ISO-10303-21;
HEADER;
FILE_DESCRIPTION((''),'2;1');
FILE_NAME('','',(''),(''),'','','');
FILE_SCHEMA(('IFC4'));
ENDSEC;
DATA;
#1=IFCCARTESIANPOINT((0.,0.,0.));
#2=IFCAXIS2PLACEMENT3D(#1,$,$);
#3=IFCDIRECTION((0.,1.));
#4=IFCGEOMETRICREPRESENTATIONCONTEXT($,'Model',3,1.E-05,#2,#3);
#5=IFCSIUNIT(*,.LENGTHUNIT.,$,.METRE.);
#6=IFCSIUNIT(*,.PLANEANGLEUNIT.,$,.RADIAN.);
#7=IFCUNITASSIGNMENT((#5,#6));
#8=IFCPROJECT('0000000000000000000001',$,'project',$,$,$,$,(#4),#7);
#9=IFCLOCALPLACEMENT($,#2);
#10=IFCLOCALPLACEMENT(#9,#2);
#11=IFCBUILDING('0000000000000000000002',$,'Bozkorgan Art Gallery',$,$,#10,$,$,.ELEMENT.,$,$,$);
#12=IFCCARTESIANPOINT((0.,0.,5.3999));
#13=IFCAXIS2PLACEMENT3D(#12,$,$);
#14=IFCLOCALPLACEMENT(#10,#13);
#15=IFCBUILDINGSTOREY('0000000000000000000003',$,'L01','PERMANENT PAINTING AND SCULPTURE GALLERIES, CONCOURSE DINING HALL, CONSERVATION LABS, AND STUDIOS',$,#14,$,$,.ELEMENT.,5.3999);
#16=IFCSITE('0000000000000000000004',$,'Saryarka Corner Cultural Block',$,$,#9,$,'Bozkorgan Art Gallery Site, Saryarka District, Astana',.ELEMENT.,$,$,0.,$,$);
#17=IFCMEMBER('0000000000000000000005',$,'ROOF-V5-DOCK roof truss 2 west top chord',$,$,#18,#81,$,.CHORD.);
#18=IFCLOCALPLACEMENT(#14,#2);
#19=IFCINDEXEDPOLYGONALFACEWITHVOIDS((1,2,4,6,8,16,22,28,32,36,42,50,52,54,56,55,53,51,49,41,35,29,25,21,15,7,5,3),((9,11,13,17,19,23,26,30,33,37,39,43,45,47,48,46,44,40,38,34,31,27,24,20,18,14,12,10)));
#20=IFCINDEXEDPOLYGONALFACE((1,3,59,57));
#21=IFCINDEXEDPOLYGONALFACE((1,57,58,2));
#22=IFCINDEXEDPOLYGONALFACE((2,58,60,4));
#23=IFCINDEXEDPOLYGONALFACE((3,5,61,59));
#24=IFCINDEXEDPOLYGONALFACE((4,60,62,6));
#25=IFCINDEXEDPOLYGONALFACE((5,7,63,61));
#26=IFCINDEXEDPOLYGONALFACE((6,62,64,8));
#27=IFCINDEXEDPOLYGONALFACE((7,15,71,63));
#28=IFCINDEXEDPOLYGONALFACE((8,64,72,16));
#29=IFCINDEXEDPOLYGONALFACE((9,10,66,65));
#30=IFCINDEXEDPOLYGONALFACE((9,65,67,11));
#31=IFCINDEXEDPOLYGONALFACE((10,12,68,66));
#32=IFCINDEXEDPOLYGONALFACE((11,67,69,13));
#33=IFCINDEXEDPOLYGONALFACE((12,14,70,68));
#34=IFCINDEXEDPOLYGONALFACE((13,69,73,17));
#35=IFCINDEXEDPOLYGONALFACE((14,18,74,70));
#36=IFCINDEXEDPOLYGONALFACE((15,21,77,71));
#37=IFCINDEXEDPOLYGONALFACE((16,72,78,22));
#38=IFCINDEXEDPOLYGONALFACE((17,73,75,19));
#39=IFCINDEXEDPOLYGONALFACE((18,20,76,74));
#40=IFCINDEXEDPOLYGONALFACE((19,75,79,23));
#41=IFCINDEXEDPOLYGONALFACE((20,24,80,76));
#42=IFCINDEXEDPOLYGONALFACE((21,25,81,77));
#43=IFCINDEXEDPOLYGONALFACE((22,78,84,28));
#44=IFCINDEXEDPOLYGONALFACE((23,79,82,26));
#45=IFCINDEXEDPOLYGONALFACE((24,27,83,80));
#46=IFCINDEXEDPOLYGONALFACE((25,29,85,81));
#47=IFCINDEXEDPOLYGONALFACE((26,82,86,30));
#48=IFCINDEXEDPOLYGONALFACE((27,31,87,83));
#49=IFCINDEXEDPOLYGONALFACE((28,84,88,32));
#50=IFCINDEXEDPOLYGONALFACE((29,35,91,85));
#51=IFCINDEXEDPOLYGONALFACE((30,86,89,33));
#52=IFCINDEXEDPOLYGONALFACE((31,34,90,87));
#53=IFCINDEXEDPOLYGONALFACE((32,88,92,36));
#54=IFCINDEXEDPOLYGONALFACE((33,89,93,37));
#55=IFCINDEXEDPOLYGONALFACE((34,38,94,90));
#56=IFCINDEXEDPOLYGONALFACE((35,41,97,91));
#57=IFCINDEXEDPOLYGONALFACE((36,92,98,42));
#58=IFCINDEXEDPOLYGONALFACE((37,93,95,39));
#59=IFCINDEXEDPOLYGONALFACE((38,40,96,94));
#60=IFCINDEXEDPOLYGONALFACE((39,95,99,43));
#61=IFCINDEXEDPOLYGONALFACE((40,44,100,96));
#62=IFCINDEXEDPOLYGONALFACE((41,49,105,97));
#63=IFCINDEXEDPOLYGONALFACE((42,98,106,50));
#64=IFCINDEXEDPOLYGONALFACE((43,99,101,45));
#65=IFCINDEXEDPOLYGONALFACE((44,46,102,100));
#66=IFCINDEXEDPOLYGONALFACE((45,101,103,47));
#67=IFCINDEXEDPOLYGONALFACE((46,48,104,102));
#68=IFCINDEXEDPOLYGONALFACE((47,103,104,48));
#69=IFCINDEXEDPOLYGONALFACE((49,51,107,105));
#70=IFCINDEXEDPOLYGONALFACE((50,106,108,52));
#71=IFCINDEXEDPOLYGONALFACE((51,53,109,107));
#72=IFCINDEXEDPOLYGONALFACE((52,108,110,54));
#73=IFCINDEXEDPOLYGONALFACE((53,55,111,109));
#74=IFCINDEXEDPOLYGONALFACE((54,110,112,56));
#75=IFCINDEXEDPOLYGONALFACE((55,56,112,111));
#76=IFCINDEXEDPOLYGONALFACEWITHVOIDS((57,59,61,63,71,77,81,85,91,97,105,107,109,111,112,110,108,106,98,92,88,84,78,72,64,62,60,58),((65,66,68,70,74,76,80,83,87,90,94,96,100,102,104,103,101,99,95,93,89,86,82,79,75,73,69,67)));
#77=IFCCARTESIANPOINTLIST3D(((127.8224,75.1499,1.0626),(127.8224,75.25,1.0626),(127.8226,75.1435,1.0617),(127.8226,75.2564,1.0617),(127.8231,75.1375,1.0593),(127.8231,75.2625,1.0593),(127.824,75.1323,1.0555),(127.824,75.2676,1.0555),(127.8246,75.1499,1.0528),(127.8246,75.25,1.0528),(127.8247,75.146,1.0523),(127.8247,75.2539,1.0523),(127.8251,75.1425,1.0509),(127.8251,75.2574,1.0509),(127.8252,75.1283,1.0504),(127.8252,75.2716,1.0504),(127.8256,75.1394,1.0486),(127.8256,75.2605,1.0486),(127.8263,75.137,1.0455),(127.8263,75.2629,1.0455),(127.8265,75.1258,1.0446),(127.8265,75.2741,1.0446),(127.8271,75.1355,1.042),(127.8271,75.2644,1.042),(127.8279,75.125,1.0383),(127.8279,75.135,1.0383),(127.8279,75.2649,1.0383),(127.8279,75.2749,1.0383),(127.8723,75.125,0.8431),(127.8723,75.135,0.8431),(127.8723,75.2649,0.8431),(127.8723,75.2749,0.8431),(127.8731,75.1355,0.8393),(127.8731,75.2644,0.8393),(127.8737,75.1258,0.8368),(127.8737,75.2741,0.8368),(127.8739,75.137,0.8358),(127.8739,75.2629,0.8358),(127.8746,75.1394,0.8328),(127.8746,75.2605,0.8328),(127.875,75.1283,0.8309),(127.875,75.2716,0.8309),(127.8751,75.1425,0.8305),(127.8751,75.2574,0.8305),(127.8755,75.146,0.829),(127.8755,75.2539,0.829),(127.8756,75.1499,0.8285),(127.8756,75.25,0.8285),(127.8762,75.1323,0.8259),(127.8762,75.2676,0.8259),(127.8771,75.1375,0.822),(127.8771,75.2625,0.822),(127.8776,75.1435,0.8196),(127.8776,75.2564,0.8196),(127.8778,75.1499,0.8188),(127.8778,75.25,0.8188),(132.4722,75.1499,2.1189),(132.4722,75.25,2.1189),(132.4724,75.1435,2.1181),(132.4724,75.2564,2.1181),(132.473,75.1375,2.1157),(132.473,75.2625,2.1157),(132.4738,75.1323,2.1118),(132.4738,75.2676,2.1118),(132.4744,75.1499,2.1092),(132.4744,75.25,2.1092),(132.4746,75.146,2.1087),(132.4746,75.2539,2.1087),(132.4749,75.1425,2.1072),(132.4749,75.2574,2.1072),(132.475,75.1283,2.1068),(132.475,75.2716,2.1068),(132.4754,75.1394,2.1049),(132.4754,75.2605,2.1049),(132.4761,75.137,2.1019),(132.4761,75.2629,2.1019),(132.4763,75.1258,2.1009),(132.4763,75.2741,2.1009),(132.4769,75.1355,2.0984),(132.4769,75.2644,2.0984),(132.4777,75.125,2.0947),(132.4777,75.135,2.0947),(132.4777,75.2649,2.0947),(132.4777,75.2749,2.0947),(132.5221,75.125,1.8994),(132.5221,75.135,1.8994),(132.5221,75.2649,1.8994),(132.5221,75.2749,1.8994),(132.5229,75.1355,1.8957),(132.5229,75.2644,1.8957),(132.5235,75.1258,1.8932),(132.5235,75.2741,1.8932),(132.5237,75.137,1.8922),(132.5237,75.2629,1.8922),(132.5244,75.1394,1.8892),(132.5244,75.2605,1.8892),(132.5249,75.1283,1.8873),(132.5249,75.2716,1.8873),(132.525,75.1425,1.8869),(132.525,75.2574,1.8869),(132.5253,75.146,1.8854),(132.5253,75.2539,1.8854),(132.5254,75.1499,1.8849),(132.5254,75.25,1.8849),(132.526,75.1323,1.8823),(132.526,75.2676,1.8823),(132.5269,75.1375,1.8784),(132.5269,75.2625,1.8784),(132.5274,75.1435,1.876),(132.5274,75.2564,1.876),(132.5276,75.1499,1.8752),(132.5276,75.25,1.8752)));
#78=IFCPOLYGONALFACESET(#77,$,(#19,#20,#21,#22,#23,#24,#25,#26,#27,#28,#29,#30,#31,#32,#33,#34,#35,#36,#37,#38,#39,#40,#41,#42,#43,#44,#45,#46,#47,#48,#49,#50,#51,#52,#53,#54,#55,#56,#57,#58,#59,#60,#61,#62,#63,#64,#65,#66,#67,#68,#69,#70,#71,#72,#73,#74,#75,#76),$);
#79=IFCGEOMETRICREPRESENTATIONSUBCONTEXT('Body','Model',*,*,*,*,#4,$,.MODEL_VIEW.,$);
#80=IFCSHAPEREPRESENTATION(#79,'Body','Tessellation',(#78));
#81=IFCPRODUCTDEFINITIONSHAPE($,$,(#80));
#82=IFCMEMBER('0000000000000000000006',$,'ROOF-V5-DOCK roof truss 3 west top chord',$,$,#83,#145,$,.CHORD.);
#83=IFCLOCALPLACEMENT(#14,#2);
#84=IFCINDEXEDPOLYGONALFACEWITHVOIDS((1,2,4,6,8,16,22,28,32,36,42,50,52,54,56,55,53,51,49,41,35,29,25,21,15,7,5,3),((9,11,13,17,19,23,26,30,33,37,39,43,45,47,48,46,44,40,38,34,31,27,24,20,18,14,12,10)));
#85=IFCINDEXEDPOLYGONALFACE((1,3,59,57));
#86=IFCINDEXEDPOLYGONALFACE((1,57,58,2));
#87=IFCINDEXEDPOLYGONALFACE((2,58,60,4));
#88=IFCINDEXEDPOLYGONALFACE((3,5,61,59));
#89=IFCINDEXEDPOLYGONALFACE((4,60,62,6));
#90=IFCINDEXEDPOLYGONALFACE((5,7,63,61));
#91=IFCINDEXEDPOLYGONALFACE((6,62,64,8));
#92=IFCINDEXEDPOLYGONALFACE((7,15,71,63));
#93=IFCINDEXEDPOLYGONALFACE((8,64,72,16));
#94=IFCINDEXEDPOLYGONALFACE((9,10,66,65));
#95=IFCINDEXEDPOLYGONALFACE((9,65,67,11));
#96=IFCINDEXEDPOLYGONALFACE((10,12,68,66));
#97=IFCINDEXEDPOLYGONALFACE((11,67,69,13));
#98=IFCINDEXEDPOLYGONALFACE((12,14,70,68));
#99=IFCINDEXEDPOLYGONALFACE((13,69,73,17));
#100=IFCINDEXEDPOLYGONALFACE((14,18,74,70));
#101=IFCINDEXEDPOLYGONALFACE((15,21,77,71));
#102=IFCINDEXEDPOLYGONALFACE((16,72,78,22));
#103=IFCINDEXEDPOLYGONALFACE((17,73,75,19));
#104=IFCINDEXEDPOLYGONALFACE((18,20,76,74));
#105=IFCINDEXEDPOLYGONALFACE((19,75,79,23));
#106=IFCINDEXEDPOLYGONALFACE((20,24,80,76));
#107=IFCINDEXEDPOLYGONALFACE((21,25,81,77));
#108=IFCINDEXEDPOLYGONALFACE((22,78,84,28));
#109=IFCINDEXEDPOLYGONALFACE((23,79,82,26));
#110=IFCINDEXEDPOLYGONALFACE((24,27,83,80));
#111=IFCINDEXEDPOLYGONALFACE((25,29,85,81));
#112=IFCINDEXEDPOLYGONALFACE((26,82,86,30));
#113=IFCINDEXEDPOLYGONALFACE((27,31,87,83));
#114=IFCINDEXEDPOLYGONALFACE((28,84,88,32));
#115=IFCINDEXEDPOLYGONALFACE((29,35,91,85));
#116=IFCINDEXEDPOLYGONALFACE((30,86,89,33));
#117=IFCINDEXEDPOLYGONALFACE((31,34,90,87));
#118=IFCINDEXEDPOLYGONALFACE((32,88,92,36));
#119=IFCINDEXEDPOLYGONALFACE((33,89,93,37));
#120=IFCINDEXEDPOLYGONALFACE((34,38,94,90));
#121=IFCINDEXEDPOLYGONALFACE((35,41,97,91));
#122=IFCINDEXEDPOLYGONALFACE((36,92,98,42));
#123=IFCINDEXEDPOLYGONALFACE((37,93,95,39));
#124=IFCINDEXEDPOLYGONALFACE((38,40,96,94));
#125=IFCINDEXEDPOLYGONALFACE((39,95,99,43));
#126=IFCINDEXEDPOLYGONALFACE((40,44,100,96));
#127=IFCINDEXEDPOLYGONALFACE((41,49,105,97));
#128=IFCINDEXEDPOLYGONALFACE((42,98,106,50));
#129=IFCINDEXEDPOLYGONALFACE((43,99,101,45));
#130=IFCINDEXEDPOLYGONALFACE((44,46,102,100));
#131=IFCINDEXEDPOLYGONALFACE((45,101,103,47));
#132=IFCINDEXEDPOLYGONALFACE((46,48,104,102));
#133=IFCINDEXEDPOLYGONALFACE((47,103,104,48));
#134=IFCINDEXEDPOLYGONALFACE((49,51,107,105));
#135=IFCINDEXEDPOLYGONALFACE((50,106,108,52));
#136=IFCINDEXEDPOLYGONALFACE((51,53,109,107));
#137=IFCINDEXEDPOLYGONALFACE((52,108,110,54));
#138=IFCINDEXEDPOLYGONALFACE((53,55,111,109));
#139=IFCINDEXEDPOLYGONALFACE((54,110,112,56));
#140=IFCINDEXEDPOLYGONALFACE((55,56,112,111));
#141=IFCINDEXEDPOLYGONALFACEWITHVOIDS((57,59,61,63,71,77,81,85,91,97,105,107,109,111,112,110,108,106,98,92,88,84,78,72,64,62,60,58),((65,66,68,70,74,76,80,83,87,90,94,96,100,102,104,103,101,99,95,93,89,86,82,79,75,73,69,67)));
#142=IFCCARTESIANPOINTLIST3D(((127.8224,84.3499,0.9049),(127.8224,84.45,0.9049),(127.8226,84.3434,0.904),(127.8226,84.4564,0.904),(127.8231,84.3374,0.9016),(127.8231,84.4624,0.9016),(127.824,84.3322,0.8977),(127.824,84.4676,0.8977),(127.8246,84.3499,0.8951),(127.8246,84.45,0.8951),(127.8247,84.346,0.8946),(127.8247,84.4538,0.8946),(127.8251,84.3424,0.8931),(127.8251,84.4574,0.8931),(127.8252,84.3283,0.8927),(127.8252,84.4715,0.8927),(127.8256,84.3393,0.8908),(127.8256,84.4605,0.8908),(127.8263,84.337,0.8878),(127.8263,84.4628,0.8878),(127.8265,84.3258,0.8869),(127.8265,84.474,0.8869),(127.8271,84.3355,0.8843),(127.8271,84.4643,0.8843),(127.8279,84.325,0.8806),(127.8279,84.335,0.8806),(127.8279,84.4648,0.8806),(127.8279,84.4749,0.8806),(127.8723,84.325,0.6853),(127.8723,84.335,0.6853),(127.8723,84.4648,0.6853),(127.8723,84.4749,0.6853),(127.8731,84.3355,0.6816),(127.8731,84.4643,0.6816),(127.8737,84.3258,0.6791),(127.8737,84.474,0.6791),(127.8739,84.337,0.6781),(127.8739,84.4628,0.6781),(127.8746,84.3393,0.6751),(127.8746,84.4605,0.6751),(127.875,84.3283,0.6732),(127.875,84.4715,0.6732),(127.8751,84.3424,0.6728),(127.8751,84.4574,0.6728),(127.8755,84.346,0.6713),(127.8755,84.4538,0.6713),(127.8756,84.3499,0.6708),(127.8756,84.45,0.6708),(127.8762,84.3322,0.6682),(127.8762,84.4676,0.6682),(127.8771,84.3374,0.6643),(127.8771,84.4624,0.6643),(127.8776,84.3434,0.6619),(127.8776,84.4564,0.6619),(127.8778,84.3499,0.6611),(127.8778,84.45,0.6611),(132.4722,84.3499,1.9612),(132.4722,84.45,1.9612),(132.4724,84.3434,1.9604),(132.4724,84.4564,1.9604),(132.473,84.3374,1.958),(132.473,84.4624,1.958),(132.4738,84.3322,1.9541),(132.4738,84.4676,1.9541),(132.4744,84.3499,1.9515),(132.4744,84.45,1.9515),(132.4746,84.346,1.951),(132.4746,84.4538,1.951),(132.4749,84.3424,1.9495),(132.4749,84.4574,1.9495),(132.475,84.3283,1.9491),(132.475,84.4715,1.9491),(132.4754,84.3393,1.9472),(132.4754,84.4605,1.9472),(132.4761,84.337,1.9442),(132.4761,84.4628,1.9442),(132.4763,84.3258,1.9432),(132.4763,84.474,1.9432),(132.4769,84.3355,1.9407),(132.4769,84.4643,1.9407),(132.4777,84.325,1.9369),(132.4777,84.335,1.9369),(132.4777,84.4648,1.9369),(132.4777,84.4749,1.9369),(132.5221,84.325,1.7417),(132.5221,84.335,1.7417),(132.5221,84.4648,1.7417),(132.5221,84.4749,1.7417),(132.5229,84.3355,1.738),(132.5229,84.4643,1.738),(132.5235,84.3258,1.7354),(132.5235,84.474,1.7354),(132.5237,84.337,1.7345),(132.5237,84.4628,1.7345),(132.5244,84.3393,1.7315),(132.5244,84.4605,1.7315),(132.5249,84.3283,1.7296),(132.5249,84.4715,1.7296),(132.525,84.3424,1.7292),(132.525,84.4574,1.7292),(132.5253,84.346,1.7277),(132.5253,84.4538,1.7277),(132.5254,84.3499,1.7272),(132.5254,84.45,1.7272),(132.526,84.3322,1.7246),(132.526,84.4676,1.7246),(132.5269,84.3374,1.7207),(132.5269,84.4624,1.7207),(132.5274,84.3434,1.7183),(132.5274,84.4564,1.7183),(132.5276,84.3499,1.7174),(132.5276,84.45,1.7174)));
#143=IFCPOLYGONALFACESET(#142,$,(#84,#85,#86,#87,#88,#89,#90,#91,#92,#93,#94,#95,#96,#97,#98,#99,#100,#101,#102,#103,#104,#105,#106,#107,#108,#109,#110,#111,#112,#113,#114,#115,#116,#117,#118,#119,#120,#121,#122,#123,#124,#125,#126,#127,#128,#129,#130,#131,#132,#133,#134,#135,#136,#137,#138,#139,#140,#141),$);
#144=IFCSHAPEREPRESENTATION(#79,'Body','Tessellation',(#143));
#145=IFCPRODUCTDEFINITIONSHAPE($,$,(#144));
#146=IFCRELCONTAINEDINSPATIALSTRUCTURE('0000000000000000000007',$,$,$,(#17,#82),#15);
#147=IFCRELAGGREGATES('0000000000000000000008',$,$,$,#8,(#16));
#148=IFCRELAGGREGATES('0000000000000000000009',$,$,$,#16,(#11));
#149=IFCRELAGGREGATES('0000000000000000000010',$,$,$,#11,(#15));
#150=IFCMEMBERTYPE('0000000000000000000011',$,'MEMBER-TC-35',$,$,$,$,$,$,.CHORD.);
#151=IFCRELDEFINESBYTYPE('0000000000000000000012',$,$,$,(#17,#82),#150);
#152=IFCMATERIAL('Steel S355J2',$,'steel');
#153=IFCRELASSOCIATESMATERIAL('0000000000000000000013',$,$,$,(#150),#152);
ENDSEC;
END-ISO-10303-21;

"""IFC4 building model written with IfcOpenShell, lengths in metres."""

from ifc_helpers import new_model, si_unit, direction, frame, origin, origin_2d, place, context, subcontext, project, spatial, hollow_rectangle, extrude, material, material_profile, profile_set, type_object, element, save


model = new_model("IFC4")

# Units and contexts
model_context = context("Model", 3, precision=1e-05, world=origin(), true_north=direction((0.0, 1.0)))
body_context = subcontext(model_context, "Body", "Model", "MODEL_VIEW")
ifc_project = project(units=[si_unit("LENGTHUNIT", "METRE"), si_unit("PLANEANGLEUNIT", "RADIAN")], contexts=[model_context])

# Site, building, storey
site_placement = place(None, origin())
site = spatial("IfcSite", under=ifc_project, at=site_placement, Name="Saryarka Corner Cultural Block", LongName="Bozkorgan Art Gallery Site, Saryarka District, Astana", CompositionType="ELEMENT", RefElevation=0.0)
building_placement = place(site_placement, origin())
building = spatial("IfcBuilding", under=site, at=building_placement, Name="Bozkorgan Art Gallery", CompositionType="ELEMENT")
storey_placement = place(building_placement, frame((0.0, 0.0, 5.3999)))
storey = spatial("IfcBuildingStorey", under=building, at=storey_placement, Name="L01", Description="PERMANENT PAINTING AND SCULPTURE GALLERIES, CONCOURSE DINING HALL, CONSERVATION LABS, AND STUDIOS", CompositionType="ELEMENT", Elevation=5.3999)

# Shared definitions
ifc_material_1 = material(Name="Steel S355J2", Category="steel")

# Members
ifc_material_profile_1 = material_profile(ifc_material_1, hollow_rectangle(XDim=0.1499, YDim=0.25, WallThickness=0.01, InnerFilletRadius=0.0149, OuterFilletRadius=0.0249, at=origin_2d()), Name="RHS 250x150x10")
ifc_profile_set_1 = profile_set([ifc_material_profile_1], Name="Steel S355J2")
member_type_1 = type_object("IfcMemberType", Name="MEMBER-TC-35", PredefinedType="CHORD", material=ifc_profile_set_1)
for number, where, z_axis, x_axis, name in (
    (1, (127.8501, 75.2, 0.9407), (0.975151, 0.0, 0.221541), (0.0, 1.0, 0.0), "ROOF-V5-DOCK roof truss 2 west top chord"),
    (2, (127.8501, 84.3999, 0.783), (0.975151, 0.0, 0.221541), (0.0, 1.0, 0.0), "ROOF-V5-DOCK roof truss 3 west top chord"),
):
    element("IfcMember", number, at=place(storey_placement, frame(where, z_axis=z_axis, x_axis=x_axis)), inside=storey, type_object=member_type_1, Name=name, PredefinedType="CHORD", context=body_context, shape_type="SweptSolid", body=[
        extrude(hollow_rectangle(XDim=0.1499, YDim=0.25, WallThickness=0.01, InnerFilletRadius=0.0149, OuterFilletRadius=0.0249, at=origin_2d()), origin(), (0.0, 0.0, 1.0), 4.7683),
    ])

save(model, "model.ifc")
